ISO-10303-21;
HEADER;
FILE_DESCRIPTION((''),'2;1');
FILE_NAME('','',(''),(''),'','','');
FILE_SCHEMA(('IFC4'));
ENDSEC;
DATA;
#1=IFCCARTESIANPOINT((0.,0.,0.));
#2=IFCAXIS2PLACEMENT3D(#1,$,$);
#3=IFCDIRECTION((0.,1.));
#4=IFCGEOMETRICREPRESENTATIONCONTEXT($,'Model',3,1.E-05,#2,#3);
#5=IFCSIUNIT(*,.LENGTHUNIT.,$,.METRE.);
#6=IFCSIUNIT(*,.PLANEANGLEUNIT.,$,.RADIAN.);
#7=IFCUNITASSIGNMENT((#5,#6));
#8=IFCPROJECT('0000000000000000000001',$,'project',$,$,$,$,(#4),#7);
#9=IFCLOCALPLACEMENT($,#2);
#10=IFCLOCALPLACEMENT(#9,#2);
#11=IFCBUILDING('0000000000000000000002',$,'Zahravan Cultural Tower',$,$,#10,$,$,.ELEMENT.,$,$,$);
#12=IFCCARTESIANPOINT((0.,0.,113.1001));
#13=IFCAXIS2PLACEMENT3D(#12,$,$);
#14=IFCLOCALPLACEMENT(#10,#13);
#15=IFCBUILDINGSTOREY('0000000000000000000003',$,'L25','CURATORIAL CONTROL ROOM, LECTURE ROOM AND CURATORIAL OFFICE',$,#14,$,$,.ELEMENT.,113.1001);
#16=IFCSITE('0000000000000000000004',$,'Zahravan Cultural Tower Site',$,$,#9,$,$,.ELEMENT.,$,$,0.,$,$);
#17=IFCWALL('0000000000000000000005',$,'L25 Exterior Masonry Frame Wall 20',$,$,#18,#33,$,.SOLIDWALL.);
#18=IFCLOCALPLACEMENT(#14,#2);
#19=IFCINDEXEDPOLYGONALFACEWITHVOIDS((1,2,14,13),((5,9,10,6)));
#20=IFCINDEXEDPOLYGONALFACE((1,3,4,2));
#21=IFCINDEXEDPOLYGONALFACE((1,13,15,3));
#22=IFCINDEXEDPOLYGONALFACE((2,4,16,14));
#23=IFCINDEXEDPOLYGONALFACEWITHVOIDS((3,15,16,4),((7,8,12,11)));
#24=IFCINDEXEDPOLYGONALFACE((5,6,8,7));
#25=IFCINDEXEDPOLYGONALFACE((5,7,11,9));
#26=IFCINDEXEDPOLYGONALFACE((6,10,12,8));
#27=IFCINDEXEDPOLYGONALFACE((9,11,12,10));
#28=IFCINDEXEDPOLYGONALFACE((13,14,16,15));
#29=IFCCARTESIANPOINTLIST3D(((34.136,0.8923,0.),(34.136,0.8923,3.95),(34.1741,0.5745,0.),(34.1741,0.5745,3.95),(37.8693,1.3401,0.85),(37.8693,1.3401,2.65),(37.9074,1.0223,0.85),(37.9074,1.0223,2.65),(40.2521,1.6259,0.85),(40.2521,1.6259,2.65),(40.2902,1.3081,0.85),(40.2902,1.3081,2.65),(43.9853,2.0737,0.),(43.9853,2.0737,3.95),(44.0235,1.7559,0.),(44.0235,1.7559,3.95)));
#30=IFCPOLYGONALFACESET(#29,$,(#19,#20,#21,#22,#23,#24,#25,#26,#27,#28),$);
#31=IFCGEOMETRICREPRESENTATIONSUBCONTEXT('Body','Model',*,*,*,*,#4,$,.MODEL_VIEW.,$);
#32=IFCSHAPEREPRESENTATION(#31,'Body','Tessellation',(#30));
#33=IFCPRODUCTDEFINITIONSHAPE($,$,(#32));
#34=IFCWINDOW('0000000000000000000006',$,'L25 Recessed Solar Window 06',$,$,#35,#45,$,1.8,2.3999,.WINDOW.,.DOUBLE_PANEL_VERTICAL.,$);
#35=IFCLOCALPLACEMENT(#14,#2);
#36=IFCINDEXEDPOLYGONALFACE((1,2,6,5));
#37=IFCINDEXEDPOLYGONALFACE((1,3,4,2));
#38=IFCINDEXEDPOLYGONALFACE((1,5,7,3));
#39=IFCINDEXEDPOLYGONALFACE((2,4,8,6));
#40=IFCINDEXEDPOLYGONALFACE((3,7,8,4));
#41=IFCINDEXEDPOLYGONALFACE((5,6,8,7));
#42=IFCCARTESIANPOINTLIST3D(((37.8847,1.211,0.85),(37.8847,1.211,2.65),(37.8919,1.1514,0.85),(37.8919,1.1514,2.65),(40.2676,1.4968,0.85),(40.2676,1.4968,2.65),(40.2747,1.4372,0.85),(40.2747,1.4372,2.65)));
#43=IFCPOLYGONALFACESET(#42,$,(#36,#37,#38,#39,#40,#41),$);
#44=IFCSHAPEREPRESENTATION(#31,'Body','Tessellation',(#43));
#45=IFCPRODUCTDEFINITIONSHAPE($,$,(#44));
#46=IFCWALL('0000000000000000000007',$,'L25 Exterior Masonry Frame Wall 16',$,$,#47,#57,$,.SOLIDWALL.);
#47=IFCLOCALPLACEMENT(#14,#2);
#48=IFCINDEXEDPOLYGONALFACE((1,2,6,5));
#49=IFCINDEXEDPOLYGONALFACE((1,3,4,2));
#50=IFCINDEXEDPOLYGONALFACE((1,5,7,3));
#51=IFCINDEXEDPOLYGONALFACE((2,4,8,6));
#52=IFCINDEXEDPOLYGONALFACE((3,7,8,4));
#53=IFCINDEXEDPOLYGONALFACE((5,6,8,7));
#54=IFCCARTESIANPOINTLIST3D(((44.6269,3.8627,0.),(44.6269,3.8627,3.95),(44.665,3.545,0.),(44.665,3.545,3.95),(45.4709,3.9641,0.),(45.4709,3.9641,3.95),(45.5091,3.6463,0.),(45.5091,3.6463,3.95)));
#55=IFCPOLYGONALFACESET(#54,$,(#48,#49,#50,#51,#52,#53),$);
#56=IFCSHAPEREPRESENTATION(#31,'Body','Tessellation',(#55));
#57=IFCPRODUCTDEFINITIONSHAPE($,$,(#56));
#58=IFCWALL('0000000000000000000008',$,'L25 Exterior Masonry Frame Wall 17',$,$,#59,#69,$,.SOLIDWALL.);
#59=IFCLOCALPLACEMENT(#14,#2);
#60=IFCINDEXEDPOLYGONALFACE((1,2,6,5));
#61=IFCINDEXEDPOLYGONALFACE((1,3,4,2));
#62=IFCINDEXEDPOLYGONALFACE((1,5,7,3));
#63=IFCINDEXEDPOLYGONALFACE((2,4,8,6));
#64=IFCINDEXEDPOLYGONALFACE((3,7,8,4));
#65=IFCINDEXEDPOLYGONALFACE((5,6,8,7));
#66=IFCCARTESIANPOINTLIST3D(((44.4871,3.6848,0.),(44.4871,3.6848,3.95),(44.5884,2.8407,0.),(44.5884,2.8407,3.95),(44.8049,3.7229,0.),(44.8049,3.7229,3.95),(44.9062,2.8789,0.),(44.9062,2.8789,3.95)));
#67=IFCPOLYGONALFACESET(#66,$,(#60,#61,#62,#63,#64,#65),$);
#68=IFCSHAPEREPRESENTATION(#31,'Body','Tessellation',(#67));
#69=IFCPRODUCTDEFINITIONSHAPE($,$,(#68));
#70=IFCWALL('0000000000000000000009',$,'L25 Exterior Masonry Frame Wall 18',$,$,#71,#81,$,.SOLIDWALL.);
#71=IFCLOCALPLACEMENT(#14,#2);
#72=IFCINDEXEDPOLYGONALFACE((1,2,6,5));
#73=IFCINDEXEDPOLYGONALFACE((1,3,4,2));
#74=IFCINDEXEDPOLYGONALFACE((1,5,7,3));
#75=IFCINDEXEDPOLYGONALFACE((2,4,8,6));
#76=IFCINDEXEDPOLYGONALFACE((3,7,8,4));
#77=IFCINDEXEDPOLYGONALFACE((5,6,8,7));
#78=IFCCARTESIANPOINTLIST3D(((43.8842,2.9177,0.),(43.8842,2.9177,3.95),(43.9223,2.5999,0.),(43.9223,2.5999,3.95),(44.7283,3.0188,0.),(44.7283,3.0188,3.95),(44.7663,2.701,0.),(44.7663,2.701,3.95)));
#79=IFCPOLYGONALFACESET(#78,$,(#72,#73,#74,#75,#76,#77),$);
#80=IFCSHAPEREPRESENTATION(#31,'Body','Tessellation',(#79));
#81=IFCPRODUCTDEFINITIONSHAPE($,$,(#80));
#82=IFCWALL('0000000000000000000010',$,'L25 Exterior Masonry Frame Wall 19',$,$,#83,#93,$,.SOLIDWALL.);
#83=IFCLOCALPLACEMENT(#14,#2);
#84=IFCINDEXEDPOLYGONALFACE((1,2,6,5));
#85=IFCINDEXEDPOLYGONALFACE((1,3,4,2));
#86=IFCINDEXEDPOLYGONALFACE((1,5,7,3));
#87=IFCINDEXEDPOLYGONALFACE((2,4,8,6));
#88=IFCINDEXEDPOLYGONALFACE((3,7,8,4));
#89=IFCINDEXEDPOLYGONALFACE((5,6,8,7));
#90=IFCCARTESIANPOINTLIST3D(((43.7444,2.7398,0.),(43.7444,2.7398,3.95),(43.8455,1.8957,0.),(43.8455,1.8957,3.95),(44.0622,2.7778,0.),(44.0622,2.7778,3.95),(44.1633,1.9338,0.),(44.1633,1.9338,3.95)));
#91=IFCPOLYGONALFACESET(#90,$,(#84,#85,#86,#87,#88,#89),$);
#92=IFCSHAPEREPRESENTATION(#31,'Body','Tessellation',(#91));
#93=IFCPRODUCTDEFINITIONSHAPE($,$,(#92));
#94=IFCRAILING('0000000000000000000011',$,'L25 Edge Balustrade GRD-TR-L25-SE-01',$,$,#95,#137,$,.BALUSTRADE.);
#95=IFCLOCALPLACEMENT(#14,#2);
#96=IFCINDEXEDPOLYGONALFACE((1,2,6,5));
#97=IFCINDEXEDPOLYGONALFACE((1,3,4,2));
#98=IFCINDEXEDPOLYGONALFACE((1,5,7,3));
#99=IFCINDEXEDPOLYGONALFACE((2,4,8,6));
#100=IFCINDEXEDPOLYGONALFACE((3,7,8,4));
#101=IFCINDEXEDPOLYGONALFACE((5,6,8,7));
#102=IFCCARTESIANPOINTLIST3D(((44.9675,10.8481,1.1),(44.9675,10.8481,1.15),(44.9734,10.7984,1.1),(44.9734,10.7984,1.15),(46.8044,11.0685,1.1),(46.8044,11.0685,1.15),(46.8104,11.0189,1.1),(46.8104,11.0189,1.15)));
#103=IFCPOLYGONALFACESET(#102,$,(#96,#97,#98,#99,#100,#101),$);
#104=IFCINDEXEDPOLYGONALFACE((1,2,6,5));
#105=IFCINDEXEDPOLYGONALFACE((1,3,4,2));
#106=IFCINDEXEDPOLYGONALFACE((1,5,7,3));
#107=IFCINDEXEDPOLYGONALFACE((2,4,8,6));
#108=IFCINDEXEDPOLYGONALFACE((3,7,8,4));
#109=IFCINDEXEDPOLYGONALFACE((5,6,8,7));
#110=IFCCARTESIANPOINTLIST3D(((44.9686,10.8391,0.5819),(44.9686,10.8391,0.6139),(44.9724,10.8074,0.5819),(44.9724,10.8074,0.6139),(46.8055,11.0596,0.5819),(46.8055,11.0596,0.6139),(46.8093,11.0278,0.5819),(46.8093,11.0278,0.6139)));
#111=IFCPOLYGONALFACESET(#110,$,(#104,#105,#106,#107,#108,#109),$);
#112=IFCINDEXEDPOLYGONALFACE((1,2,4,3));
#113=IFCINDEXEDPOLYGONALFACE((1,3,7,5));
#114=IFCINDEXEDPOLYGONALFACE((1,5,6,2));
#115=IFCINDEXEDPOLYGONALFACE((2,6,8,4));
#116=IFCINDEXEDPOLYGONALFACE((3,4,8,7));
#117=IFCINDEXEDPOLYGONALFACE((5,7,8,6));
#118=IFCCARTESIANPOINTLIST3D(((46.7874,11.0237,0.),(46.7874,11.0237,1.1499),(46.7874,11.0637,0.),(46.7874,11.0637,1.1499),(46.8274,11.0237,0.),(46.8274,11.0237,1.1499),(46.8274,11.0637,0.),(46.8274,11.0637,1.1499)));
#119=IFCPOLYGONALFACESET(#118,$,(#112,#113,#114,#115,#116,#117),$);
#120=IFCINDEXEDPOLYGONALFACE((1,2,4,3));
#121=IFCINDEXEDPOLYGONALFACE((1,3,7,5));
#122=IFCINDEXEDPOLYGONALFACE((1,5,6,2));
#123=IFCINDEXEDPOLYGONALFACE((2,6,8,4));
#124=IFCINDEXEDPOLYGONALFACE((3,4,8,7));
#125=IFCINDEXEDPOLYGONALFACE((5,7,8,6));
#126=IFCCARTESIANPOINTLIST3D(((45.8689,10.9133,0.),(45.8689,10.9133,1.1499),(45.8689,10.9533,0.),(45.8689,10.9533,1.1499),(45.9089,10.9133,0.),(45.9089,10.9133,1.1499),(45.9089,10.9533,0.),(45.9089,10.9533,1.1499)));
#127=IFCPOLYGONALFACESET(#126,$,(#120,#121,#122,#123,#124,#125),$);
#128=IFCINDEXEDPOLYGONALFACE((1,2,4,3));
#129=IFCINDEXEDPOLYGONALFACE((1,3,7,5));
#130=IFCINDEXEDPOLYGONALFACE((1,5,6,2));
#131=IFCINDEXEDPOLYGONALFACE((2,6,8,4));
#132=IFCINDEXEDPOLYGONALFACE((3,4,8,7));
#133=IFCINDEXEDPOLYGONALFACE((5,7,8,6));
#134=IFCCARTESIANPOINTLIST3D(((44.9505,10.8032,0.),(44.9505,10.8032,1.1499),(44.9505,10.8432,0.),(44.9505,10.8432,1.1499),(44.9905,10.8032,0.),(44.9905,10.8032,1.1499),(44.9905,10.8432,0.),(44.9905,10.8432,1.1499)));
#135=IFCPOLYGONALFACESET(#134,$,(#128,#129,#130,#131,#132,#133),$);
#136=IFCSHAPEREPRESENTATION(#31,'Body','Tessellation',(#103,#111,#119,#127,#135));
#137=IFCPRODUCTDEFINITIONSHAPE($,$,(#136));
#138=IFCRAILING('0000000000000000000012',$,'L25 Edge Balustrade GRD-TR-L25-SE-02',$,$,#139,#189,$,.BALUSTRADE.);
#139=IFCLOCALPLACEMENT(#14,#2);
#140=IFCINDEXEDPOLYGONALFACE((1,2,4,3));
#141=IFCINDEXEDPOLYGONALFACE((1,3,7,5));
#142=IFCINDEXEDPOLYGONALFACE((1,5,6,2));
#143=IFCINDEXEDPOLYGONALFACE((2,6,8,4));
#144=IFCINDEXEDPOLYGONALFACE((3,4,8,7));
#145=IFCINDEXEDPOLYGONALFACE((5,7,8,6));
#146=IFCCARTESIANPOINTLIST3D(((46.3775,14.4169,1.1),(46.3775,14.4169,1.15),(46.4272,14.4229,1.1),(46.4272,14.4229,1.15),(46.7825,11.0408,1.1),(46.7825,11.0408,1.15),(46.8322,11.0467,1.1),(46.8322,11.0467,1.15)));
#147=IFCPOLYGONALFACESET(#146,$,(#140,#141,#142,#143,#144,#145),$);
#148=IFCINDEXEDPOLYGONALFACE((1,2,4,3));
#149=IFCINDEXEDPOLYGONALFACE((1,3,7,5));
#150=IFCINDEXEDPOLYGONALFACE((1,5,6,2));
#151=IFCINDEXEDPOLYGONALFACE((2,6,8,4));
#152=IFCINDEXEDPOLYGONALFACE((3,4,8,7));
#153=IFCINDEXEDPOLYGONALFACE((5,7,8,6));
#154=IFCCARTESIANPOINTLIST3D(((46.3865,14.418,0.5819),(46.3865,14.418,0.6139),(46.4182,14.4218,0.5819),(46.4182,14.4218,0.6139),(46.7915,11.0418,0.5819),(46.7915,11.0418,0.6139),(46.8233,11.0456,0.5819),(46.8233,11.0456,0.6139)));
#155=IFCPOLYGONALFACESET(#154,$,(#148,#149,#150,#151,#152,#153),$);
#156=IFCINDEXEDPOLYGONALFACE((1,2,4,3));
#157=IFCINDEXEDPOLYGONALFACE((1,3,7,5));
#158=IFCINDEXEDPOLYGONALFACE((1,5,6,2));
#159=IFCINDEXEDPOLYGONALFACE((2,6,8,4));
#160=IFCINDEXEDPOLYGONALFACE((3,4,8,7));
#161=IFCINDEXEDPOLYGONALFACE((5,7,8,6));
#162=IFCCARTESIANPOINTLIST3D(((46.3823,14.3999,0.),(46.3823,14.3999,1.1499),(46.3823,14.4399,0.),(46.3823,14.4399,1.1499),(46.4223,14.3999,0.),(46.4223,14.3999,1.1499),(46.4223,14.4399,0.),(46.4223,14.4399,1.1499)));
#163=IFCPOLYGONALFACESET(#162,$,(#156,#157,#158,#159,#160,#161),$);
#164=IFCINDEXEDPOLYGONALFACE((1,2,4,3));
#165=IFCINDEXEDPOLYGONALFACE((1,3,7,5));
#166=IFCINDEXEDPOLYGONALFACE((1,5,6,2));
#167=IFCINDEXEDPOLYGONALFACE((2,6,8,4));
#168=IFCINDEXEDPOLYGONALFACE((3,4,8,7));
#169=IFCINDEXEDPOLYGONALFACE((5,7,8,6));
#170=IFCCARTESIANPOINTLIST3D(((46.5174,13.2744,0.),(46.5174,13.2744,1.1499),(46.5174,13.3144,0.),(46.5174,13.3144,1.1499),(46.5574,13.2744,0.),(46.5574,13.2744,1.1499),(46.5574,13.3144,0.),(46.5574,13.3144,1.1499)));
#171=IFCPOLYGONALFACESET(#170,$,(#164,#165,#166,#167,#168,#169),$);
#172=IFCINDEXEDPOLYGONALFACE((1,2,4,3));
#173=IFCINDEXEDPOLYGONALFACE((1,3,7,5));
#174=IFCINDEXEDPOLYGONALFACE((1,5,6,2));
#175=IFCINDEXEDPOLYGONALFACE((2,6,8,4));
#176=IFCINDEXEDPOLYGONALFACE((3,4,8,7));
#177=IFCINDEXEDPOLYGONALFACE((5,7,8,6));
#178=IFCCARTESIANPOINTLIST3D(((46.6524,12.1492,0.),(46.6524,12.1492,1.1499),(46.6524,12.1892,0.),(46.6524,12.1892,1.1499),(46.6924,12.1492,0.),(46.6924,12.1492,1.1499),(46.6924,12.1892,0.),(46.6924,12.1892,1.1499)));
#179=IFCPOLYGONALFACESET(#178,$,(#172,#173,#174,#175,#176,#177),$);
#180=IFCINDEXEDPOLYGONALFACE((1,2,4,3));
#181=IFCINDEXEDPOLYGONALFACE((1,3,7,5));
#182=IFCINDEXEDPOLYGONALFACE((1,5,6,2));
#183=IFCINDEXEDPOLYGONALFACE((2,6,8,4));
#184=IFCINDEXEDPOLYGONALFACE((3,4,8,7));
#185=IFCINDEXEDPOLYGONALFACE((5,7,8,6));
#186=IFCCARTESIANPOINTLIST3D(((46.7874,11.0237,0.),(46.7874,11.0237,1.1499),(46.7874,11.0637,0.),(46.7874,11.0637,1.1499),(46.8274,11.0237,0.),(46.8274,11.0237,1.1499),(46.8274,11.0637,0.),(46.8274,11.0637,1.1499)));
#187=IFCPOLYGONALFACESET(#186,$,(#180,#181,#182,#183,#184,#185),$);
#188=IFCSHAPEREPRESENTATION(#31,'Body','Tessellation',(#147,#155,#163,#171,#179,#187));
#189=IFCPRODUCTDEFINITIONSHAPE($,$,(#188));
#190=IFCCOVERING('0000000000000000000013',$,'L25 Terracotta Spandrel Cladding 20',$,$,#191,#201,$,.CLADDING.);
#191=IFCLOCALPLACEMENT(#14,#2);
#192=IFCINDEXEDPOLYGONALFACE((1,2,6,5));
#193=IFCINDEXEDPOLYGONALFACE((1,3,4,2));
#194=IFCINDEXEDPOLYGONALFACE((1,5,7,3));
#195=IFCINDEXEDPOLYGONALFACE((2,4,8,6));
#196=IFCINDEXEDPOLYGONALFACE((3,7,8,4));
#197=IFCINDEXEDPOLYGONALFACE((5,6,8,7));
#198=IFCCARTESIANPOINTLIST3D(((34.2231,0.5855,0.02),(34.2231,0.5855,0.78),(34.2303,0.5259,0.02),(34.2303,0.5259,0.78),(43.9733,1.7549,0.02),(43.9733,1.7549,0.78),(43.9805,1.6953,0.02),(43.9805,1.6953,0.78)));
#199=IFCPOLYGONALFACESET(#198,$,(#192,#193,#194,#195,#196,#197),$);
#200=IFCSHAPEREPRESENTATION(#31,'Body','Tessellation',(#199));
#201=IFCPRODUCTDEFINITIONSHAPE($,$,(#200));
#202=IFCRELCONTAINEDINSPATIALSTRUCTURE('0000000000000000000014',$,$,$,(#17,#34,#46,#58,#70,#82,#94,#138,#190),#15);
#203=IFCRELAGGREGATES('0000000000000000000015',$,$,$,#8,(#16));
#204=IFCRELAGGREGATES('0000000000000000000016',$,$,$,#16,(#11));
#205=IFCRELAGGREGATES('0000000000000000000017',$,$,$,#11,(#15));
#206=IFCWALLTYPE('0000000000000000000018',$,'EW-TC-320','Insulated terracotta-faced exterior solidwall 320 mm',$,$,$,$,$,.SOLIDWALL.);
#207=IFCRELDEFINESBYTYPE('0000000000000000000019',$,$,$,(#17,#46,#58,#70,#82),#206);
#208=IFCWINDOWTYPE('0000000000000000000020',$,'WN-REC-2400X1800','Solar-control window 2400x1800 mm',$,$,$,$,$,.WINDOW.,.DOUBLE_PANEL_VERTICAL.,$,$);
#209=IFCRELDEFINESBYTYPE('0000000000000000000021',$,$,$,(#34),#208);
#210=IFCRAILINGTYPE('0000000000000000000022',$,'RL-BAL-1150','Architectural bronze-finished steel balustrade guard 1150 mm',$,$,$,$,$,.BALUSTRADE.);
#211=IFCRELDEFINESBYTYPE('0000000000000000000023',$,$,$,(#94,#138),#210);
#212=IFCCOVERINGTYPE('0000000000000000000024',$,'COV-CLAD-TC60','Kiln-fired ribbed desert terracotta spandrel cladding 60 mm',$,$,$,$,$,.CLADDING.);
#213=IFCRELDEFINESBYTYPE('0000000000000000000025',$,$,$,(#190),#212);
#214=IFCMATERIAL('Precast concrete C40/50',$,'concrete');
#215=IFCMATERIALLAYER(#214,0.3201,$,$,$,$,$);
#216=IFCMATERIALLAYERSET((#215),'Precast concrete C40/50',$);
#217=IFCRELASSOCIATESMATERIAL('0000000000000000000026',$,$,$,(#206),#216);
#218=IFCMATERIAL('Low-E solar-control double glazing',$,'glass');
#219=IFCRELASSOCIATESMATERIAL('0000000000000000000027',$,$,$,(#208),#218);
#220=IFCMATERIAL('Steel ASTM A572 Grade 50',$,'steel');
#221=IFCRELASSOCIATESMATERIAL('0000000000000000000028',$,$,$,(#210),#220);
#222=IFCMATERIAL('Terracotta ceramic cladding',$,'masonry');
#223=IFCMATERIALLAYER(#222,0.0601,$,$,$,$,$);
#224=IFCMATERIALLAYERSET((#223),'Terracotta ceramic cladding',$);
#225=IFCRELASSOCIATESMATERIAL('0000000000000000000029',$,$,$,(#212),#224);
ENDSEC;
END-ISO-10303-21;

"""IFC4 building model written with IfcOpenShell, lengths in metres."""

from ifc_helpers import new_model, si_unit, direction, frame, frame_2d, origin, origin_2d, place, context, subcontext, project, spatial, rectangle, extrude, source, transform, mapped, material, layer, layer_set, type_object, element, fill, save


model = new_model("IFC4")

# Units and contexts
model_context = context("Model", 3, precision=1e-05, world=origin(), true_north=direction((0.0, 1.0)))
body_context = subcontext(model_context, "Body", "Model", "MODEL_VIEW")
ifc_project = project(units=[si_unit("LENGTHUNIT", "METRE"), si_unit("PLANEANGLEUNIT", "RADIAN")], contexts=[model_context])

# Site, building, storey
site_placement = place(None, origin())
site = spatial("IfcSite", under=ifc_project, at=site_placement, Name="Zahravan Cultural Tower Site", CompositionType="ELEMENT", RefElevation=0.0)
building_placement = place(site_placement, origin())
building = spatial("IfcBuilding", under=site, at=building_placement, Name="Zahravan Cultural Tower", CompositionType="ELEMENT")
storey_placement = place(building_placement, frame((0.0, 0.0, 113.1001)))
storey = spatial("IfcBuildingStorey", under=building, at=storey_placement, Name="L25", Description="CURATORIAL CONTROL ROOM, LECTURE ROOM AND CURATORIAL OFFICE", CompositionType="ELEMENT", Elevation=113.1001)

# Wall, opening, window
ifc_material_1 = material(Name="Precast concrete C40/50", Category="concrete")
ifc_layer_1 = layer(ifc_material_1, 0.3201)
ifc_layer_set_1 = layer_set([ifc_layer_1], Name="Precast concrete C40/50")
wall_type = type_object("IfcWallType", Name="EW-TC-320", Description="Insulated terracotta-faced exterior solidwall 320 mm", PredefinedType="SOLIDWALL", material=ifc_layer_set_1)
ifc_material_2 = material(Name="Low-E solar-control double glazing", Category="glass")
window_type = type_object("IfcWindowType", Name="WN-REC-2400X1800", Description="Solar-control window 2400x1800 mm", PartitioningType="DOUBLE_PANEL_VERTICAL", PredefinedType="WINDOW", material=ifc_material_2)
shared_shape_1 = source(origin(), body_context, "Body", "SweptSolid", [
    extrude(rectangle(XDim=2.3999, YDim=1.8, at=frame_2d((1.2, 0.8999))), frame((0.0, 0.03, 0.0), z_axis=(0.0, -1.0, 0.0), x_axis=(1.0, 0.0, 0.0)), (0.0, 0.0, 1.0), 0.0601),
])
wall_1_placement = place(storey_placement, frame((44.0044, 1.9148, 0.0), z_axis=(0.0, 0.0, 1.0), x_axis=(-0.992883, -0.119093, 0.0)))
wall_1 = element("IfcWall", 1, at=wall_1_placement, inside=storey, type_object=wall_type, Name="L25 Exterior Masonry Frame Wall 20", PredefinedType="SOLIDWALL", context=body_context, shape_type="SweptSolid", body=[
    extrude(rectangle(XDim=9.9199, YDim=0.3201, at=frame_2d((4.96, 0.0))), origin(), (0.0, 0.0, 1.0), 3.95),
])
opening_1_placement = place(wall_1_placement, frame((3.76, 0.0, 0.8501)))
opening_1 = element("IfcOpeningElement", 2, at=opening_1_placement, cuts=wall_1, PredefinedType="OPENING", context=body_context, shape_type="SweptSolid", body=[
    extrude(rectangle(XDim=2.3999, YDim=1.8, at=frame_2d((1.2, 0.8999))), frame((0.0, 0.1699, 0.0), z_axis=(0.0, -1.0, 0.0), x_axis=(1.0, 0.0, 0.0)), (0.0, 0.0, 1.0), 0.3401),
])
window_1_placement = place(opening_1_placement, origin())
window_1 = element("IfcWindow", 3, at=window_1_placement, inside=storey, type_object=window_type, Name="L25 Recessed Solar Window 06", OverallHeight=1.8, OverallWidth=2.3999, PartitioningType="DOUBLE_PANEL_VERTICAL", PredefinedType="WINDOW", context=body_context, shape_type="MappedRepresentation", body=[
    mapped(shared_shape_1, transform((0.0, 0.0, 0.0), x_axis=(1.0, 0.0, 0.0), y_axis=(0.0, 1.0, 0.0), z_axis=(0.0, 0.0, 1.0), scale=1.0)),
])
fill(opening_1, window_1)

# Walls
shared_shape_2 = source(origin(), body_context, "Body", "SweptSolid", [
    extrude(rectangle(XDim=0.8501, YDim=0.3201, at=frame_2d((0.425, 0.0))), origin(), (0.0, 0.0, 1.0), 3.95),
])
for number, where, z_axis, x_axis, name in (
    (4, (45.49, 3.8052, 0.0), (0.0, 0.0, 1.0), (-0.992871, -0.119191, 0.0), "L25 Exterior Masonry Frame Wall 16"),
    (5, (44.646, 3.7039, 0.0), (0.0, 0.0, 1.0), (0.119191, -0.992871, 0.0), "L25 Exterior Masonry Frame Wall 17"),
    (6, (44.7473, 2.8599, 0.0), (0.0, 0.0, 1.0), (-0.992905, -0.118907, 0.0), "L25 Exterior Masonry Frame Wall 18"),
    (7, (43.9033, 2.7588, 0.0), (0.0, 0.0, 1.0), (0.118907, -0.992905, 0.0), "L25 Exterior Masonry Frame Wall 19"),
):
    element("IfcWall", number, at=place(storey_placement, frame(where, z_axis=z_axis, x_axis=x_axis)), inside=storey, type_object=wall_type, Name=name, PredefinedType="SOLIDWALL", context=body_context, shape_type="MappedRepresentation", body=[
        mapped(shared_shape_2, transform((0.0, 0.0, 0.0), x_axis=(1.0, 0.0, 0.0), y_axis=(0.0, 1.0, 0.0), z_axis=(0.0, 0.0, 1.0), scale=1.0)),
    ])

# Railings
ifc_material_3 = material(Name="Steel ASTM A572 Grade 50", Category="steel")
railing_type = type_object("IfcRailingType", Name="RL-BAL-1150", Description="Architectural bronze-finished steel balustrade guard 1150 mm", PredefinedType="BALUSTRADE", material=ifc_material_3)
railing_1_placement = place(storey_placement, frame((46.8074, 11.0437, 0.0)))
element("IfcRailing", 8, at=railing_1_placement, inside=storey, type_object=railing_type, Name="L25 Edge Balustrade GRD-TR-L25-SE-01", PredefinedType="BALUSTRADE", context=body_context, shape_type="SweptSolid", body=[
    extrude(rectangle(XDim=0.05, YDim=0.05, at=origin_2d()), frame((0.0, 0.0, 1.125), z_axis=(-0.992875, -0.119161, 0.0), x_axis=(0.119161, -0.992875, 0.0)), (0.0, 0.0, 1.0), 1.8501),
    extrude(rectangle(XDim=0.032, YDim=0.032, at=origin_2d()), frame((0.0, 0.0, 0.5979), z_axis=(-0.992875, -0.119161, 0.0), x_axis=(0.119161, -0.992875, 0.0)), (0.0, 0.0, 1.0), 1.8501),
    extrude(rectangle(XDim=0.04, YDim=0.04, at=origin_2d()), origin(), (0.0, 0.0, 1.0), 1.1499),
    extrude(rectangle(XDim=0.04, YDim=0.04, at=origin_2d()), frame((-0.9185, -0.1104, 0.0)), (0.0, 0.0, 1.0), 1.1499),
    extrude(rectangle(XDim=0.04, YDim=0.04, at=origin_2d()), frame((-1.8369, -0.2205, 0.0)), (0.0, 0.0, 1.0), 1.1499),
])
railing_2_placement = place(storey_placement, frame((46.4023, 14.4199, 0.0)))
element("IfcRailing", 9, at=railing_2_placement, inside=storey, type_object=railing_type, Name="L25 Edge Balustrade GRD-TR-L25-SE-02", PredefinedType="BALUSTRADE", context=body_context, shape_type="SweptSolid", body=[
    extrude(rectangle(XDim=0.05, YDim=0.05, at=origin_2d()), frame((0.0, 0.0, 1.125), z_axis=(0.119111, -0.992881, 0.0), x_axis=(0.992881, 0.119111, 0.0)), (0.0, 0.0, 1.0), 3.4004),
    extrude(rectangle(XDim=0.032, YDim=0.032, at=origin_2d()), frame((0.0, 0.0, 0.5979), z_axis=(0.119111, -0.992881, 0.0), x_axis=(0.992881, 0.119111, 0.0)), (0.0, 0.0, 1.0), 3.4004),
    extrude(rectangle(XDim=0.04, YDim=0.04, at=origin_2d()), origin(), (0.0, 0.0, 1.0), 1.1499),
    extrude(rectangle(XDim=0.04, YDim=0.04, at=origin_2d()), frame((0.135, -1.1255, 0.0)), (0.0, 0.0, 1.0), 1.1499),
    extrude(rectangle(XDim=0.04, YDim=0.04, at=origin_2d()), frame((0.27, -2.2507, 0.0)), (0.0, 0.0, 1.0), 1.1499),
    extrude(rectangle(XDim=0.04, YDim=0.04, at=origin_2d()), frame((0.405, -3.3762, 0.0)), (0.0, 0.0, 1.0), 1.1499),
])

# Covering
ifc_material_4 = material(Name="Terracotta ceramic cladding", Category="masonry")
ifc_layer_2 = layer(ifc_material_4, 0.0601)
ifc_layer_set_2 = layer_set([ifc_layer_2], Name="Terracotta ceramic cladding")
covering_type = type_object("IfcCoveringType", Name="COV-CLAD-TC60", Description="Kiln-fired ribbed desert terracotta spandrel cladding 60 mm", PredefinedType="CLADDING", material=ifc_layer_set_2)
shared_shape_3 = source(origin(), body_context, "Body", "SweptSolid", [
    extrude(rectangle(XDim=9.8201, YDim=0.0601, at=origin_2d()), origin(), (0.0, 0.0, 1.0), 0.76),
])
covering_1_placement = place(storey_placement, frame((39.1018, 1.1404, 0.02), z_axis=(0.0, 0.0, 1.0), x_axis=(-0.992885, -0.11908, 0.0)))
element("IfcCovering", 10, at=covering_1_placement, inside=storey, type_object=covering_type, Name="L25 Terracotta Spandrel Cladding 20", PredefinedType="CLADDING", context=body_context, shape_type="MappedRepresentation", body=[
    mapped(shared_shape_3, transform((0.0, 0.0, 0.0), x_axis=(1.0, 0.0, 0.0), y_axis=(0.0, 1.0, 0.0), z_axis=(0.0, 0.0, 1.0), scale=1.0)),
])

save(model, "model.ifc")
